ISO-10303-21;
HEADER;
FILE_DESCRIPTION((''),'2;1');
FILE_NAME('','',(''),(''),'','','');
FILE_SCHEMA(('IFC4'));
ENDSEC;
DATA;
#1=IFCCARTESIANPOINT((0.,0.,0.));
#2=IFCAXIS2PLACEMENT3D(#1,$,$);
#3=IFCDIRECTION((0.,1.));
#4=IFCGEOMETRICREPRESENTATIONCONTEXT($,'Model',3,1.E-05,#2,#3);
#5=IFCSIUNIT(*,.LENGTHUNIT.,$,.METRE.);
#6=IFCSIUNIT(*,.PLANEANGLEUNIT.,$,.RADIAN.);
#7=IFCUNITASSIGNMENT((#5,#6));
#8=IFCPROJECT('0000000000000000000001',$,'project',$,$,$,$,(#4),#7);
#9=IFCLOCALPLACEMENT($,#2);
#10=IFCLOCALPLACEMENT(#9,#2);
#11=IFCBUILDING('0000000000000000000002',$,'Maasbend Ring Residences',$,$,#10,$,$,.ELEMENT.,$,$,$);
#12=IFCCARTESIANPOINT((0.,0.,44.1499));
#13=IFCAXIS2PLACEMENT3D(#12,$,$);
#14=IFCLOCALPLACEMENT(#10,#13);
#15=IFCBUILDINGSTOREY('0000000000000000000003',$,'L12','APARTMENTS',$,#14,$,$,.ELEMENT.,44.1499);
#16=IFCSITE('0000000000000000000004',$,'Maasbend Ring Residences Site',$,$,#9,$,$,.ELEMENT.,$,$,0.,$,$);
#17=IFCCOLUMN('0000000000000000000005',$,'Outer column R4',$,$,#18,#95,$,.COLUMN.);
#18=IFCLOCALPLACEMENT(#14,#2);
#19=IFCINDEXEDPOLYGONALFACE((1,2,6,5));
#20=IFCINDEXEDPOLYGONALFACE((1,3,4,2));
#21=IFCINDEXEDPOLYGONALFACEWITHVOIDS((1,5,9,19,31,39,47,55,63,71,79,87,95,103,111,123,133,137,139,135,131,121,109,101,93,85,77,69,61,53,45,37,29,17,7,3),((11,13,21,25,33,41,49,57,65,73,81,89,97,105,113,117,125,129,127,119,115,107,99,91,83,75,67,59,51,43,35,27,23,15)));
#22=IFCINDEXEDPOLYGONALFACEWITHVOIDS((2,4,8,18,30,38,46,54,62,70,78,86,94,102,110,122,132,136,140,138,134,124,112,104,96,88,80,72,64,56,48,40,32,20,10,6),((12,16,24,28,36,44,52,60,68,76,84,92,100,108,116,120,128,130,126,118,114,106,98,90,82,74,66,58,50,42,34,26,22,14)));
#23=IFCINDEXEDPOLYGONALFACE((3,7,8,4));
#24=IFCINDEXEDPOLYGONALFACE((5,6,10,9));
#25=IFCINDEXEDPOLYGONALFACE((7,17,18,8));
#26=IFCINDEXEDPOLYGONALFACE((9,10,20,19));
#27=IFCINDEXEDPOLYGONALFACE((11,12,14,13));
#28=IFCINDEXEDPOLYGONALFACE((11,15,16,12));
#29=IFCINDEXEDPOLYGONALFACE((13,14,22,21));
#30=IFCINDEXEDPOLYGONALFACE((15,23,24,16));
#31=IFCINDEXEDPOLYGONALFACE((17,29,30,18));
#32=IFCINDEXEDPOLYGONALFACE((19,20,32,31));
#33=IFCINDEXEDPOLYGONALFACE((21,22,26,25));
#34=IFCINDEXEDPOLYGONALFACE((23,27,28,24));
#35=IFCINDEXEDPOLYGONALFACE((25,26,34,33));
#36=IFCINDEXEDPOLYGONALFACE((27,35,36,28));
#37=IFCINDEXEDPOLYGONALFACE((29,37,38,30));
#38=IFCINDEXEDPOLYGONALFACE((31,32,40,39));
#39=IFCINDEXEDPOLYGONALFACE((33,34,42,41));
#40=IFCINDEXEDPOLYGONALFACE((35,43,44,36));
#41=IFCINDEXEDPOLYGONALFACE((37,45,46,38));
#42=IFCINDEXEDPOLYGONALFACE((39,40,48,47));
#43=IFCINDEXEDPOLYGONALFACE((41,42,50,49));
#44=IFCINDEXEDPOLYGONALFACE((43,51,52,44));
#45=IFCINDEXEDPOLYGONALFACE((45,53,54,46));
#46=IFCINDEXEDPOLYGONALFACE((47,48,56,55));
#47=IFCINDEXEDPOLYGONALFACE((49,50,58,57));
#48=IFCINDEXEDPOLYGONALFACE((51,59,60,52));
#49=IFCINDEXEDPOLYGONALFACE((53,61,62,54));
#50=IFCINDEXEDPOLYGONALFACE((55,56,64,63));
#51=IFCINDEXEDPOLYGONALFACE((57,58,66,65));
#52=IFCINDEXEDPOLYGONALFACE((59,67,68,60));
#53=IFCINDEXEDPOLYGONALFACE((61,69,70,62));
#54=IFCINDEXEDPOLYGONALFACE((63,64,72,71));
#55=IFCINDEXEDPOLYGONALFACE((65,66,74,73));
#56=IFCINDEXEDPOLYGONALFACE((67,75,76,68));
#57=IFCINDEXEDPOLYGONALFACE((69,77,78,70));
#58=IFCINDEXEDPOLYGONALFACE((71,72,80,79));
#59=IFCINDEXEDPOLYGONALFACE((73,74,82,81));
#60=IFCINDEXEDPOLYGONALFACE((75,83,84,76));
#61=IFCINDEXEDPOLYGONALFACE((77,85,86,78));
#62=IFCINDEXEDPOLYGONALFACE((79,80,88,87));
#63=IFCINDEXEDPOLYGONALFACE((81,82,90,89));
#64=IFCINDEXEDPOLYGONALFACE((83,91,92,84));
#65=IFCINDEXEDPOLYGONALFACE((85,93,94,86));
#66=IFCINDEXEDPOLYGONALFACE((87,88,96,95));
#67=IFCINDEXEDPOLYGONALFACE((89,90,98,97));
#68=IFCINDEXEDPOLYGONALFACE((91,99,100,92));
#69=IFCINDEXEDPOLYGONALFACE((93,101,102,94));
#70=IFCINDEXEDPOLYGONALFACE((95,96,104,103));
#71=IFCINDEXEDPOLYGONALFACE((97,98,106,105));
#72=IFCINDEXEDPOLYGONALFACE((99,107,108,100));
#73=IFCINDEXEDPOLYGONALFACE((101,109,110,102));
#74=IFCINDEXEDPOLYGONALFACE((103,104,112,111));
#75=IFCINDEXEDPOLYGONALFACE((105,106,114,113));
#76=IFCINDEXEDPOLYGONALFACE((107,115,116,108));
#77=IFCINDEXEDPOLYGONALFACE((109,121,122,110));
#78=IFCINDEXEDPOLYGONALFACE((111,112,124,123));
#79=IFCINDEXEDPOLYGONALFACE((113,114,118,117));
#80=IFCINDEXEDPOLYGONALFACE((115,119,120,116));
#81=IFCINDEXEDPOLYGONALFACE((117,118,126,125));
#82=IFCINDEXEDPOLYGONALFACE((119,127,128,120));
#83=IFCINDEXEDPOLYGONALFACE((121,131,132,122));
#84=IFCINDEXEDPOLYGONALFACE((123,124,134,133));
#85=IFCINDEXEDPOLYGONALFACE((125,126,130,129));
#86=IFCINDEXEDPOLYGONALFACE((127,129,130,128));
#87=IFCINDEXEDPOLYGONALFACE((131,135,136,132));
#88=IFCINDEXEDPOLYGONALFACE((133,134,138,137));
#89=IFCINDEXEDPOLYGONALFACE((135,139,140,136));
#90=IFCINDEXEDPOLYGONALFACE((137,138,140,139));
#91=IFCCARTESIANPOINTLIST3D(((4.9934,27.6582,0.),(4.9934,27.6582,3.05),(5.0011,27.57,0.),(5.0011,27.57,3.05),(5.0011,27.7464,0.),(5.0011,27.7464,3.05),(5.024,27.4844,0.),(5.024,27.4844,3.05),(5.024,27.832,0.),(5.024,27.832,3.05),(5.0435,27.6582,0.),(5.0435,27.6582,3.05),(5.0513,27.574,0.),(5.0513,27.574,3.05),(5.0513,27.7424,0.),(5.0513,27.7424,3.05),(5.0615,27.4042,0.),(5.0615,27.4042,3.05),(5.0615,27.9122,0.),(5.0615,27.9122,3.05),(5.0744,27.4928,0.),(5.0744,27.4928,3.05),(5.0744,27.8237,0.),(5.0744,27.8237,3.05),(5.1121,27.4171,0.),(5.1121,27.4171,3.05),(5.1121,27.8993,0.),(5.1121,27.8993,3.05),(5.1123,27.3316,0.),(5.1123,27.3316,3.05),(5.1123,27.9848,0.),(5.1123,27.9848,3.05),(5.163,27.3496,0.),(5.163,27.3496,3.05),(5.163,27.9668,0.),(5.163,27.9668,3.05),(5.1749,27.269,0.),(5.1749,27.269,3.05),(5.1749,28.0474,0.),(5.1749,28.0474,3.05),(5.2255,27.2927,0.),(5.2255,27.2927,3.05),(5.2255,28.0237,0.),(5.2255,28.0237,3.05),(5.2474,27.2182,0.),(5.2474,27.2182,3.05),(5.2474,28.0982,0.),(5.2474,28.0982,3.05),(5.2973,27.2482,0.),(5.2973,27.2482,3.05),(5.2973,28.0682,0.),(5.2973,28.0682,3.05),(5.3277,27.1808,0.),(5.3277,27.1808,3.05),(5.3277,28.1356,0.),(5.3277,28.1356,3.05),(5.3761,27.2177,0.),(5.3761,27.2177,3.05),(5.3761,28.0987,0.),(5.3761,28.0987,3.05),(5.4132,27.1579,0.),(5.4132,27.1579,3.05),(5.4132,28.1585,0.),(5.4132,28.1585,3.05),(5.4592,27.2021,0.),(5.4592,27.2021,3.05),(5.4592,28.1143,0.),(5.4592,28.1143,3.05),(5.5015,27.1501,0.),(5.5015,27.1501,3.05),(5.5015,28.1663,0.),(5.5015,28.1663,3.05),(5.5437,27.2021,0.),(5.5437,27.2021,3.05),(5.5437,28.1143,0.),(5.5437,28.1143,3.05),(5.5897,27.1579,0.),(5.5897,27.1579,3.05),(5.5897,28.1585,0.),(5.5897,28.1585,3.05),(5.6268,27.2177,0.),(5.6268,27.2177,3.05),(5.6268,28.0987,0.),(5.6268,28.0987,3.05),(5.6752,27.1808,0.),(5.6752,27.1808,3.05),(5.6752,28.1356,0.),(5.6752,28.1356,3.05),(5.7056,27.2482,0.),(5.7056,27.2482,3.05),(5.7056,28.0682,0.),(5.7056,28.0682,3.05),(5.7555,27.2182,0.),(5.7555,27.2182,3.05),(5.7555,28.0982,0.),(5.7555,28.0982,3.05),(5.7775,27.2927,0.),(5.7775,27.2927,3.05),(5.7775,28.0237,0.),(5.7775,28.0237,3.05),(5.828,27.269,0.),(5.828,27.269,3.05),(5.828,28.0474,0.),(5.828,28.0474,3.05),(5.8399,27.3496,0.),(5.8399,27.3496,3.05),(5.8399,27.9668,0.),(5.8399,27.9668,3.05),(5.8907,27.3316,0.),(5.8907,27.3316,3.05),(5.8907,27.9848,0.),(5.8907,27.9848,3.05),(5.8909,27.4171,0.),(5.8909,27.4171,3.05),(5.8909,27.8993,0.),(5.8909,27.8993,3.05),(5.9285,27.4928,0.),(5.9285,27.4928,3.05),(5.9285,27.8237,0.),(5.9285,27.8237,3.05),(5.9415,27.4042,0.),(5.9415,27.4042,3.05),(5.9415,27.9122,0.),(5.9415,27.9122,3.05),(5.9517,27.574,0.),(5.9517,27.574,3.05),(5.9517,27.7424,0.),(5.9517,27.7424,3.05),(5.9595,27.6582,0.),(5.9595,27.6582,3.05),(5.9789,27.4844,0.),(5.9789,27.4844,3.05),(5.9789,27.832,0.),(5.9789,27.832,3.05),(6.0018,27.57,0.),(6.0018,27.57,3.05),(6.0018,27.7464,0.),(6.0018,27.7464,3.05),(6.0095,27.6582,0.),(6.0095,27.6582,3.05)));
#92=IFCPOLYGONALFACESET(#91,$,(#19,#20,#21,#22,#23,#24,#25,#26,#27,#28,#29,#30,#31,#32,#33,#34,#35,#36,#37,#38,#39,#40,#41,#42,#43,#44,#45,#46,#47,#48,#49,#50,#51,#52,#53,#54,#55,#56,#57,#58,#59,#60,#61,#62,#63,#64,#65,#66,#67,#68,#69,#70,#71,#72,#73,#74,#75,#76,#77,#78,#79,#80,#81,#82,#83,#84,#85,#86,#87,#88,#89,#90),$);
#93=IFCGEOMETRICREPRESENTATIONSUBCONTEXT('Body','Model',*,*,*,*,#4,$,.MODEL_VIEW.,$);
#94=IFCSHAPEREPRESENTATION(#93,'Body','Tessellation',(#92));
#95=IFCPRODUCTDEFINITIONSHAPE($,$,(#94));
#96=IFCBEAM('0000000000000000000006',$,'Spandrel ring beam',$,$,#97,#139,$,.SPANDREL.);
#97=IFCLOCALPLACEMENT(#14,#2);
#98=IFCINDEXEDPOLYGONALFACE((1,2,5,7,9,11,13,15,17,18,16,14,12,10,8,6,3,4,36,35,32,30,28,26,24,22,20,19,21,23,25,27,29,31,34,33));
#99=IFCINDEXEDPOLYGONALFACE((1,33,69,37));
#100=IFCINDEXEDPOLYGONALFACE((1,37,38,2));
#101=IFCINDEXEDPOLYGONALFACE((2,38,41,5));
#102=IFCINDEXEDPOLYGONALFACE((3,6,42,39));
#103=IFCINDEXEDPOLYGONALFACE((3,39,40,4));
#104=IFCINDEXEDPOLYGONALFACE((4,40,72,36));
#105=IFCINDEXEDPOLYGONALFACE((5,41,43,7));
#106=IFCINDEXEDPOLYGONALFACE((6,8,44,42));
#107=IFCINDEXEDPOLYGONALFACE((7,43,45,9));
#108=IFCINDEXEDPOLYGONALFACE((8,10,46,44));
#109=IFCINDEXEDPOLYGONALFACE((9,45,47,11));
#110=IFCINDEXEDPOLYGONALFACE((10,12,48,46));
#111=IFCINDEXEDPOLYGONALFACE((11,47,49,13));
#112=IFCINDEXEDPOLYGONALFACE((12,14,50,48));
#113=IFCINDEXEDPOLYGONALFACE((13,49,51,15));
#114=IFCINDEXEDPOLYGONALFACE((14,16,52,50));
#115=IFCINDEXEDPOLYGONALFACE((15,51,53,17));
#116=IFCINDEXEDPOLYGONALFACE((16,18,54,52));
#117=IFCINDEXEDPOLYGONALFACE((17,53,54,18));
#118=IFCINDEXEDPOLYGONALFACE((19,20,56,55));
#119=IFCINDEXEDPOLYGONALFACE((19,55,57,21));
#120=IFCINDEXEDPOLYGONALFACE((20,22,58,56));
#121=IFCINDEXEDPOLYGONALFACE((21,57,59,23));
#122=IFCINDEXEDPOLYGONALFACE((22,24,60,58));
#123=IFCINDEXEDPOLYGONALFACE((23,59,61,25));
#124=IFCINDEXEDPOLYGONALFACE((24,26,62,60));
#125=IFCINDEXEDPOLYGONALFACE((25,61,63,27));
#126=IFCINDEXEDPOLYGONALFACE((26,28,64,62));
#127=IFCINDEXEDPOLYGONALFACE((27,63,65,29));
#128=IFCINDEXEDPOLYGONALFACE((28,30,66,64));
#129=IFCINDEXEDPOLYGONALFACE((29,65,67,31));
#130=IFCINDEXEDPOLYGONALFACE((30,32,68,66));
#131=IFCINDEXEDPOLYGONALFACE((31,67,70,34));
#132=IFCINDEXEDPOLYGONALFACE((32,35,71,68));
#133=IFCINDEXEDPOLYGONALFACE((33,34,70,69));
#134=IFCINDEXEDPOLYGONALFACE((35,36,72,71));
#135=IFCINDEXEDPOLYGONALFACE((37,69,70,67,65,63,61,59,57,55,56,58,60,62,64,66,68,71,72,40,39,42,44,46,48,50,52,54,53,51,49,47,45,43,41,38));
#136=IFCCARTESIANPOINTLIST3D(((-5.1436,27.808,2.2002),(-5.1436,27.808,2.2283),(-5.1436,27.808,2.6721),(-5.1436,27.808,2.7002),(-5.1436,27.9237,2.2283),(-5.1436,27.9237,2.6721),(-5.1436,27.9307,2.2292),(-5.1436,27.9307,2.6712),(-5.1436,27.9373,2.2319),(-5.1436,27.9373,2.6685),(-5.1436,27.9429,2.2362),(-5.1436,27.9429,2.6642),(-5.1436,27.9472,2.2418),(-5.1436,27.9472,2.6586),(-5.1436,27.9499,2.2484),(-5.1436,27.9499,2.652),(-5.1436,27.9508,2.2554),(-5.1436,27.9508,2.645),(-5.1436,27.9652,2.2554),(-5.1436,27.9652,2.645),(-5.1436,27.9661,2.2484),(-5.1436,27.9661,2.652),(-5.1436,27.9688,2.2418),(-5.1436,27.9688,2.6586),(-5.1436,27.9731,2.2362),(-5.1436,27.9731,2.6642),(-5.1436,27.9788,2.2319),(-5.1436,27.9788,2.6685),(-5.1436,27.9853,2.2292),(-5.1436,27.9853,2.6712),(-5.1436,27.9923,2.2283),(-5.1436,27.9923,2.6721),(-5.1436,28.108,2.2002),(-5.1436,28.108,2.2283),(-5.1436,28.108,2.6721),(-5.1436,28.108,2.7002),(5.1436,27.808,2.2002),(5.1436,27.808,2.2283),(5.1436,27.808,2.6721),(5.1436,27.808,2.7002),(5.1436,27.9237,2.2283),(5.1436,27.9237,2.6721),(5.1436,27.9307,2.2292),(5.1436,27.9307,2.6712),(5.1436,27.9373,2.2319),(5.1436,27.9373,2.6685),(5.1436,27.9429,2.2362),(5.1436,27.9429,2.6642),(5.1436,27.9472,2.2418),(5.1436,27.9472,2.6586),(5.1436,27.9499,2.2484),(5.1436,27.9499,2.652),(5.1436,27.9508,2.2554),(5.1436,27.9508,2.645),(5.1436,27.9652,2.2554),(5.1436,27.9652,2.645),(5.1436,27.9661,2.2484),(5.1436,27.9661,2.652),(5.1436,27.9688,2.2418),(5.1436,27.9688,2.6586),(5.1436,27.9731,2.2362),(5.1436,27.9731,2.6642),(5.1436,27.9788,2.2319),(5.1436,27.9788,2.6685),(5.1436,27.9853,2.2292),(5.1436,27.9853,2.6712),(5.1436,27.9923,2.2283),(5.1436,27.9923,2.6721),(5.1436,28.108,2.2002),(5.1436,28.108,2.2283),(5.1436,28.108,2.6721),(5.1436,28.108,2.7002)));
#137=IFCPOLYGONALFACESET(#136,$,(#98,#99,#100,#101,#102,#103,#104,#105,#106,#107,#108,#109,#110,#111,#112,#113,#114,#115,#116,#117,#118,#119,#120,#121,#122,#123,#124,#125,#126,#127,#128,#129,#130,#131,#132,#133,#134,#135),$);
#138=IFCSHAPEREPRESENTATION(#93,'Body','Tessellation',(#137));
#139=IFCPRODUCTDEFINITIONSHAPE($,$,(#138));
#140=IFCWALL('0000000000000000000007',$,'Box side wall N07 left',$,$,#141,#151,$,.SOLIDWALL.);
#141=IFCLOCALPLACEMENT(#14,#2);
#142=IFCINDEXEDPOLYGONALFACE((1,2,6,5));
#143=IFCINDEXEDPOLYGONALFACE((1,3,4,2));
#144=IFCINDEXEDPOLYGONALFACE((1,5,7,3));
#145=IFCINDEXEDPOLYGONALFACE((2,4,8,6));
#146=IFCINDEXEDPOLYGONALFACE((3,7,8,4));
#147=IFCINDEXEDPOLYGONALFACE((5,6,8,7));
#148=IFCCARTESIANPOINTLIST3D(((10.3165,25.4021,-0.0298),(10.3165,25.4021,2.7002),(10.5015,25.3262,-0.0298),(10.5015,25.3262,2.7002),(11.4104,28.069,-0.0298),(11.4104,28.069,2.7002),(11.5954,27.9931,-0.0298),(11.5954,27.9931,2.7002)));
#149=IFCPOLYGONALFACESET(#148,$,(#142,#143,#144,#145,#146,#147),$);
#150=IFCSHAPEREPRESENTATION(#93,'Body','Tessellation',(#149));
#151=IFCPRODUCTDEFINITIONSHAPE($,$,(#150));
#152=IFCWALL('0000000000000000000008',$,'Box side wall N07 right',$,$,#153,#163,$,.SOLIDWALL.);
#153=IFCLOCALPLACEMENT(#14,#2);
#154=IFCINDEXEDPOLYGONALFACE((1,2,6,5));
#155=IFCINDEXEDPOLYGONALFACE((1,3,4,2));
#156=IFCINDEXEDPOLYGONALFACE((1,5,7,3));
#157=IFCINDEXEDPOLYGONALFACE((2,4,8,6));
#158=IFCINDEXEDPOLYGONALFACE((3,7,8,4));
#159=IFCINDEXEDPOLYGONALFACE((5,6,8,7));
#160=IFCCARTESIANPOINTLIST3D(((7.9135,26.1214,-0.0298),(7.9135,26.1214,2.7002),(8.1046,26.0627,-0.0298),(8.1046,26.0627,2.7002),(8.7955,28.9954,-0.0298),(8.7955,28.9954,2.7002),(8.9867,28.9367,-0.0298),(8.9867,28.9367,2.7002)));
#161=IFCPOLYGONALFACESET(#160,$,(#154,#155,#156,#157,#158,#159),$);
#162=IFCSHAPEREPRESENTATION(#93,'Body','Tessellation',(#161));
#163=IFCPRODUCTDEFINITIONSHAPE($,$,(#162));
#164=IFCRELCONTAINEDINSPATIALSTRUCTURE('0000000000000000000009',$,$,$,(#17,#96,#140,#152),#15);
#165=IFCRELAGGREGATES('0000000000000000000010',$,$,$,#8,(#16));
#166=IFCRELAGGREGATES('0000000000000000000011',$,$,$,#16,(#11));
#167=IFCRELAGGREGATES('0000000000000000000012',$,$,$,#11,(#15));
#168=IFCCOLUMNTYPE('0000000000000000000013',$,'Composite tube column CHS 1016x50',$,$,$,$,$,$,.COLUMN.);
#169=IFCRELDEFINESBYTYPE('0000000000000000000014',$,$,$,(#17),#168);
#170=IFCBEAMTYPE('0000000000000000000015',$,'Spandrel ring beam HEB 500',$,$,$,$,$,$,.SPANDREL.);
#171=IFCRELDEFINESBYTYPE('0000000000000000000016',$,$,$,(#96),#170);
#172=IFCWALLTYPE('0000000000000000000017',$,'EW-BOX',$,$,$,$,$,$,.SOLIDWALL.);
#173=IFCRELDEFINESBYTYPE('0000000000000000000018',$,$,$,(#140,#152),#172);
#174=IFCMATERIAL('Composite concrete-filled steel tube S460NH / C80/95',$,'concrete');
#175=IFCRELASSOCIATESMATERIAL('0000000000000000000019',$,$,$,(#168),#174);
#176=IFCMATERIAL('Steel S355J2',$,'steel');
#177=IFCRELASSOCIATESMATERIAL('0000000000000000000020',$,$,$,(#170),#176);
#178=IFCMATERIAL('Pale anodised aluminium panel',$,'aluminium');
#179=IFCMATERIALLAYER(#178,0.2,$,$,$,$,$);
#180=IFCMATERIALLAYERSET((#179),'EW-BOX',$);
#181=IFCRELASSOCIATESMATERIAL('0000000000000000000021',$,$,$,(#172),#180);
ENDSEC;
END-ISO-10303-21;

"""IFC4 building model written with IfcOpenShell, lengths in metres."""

from ifc_helpers import new_model, si_unit, direction, frame, frame_2d, origin, origin_2d, place, context, subcontext, project, spatial, rectangle, hollow_circle, i_section, extrude, material, layer, layer_set, material_profile, profile_set, type_object, element, save


model = new_model("IFC4")

# Units and contexts
model_context = context("Model", 3, precision=1e-05, world=origin(), true_north=direction((0.0, 1.0)))
body_context = subcontext(model_context, "Body", "Model", "MODEL_VIEW")
ifc_project = project(units=[si_unit("LENGTHUNIT", "METRE"), si_unit("PLANEANGLEUNIT", "RADIAN")], contexts=[model_context])

# Site, building, storey
site_placement = place(None, origin())
site = spatial("IfcSite", under=ifc_project, at=site_placement, Name="Maasbend Ring Residences Site", CompositionType="ELEMENT", RefElevation=0.0)
building_placement = place(site_placement, origin())
building = spatial("IfcBuilding", under=site, at=building_placement, Name="Maasbend Ring Residences", CompositionType="ELEMENT")
storey_placement = place(building_placement, frame((0.0, 0.0, 44.1499)))
storey = spatial("IfcBuildingStorey", under=building, at=storey_placement, Name="L12", Description="APARTMENTS", CompositionType="ELEMENT", Elevation=44.1499)

# Column
ifc_material_1 = material(Name="Composite concrete-filled steel tube S460NH / C80/95", Category="concrete")
ifc_material_profile_1 = material_profile(ifc_material_1, hollow_circle(Radius=0.5081, WallThickness=0.05, at=origin_2d()), Name="Composite tube column CHS 1016x50")
ifc_profile_set_1 = profile_set([ifc_material_profile_1], Name="Composite concrete-filled steel tube S460NH / C80/95")
column_type = type_object("IfcColumnType", Name="Composite tube column CHS 1016x50", PredefinedType="COLUMN", material=ifc_profile_set_1)
column_placement = place(storey_placement, frame((5.5015, 27.6582, 0.0), z_axis=(0.0, 0.0, 1.0), x_axis=(1.0, 0.0, 0.0)))
element("IfcColumn", 1, at=column_placement, inside=storey, type_object=column_type, Name="Outer column R4", PredefinedType="COLUMN", context=body_context, shape_type="SweptSolid", body=[
    extrude(hollow_circle(Radius=0.5081, WallThickness=0.05, at=origin_2d()), origin(), (0.0, 0.0, 1.0), 3.05),
])

# Beam
ifc_material_2 = material(Name="Steel S355J2", Category="steel")
ifc_material_profile_2 = material_profile(ifc_material_2, i_section(OverallWidth=0.3, OverallDepth=0.5, WebThickness=0.0144, FlangeThickness=0.0281, FilletRadius=0.0271, at=origin_2d()), Name="HEB 500")
ifc_profile_set_2 = profile_set([ifc_material_profile_2], Name="Steel S355J2")
beam_type = type_object("IfcBeamType", Name="Spandrel ring beam HEB 500", PredefinedType="SPANDREL", material=ifc_profile_set_2)
beam_placement = place(storey_placement, frame((5.1436, 27.958, 2.4502), z_axis=(-1.0, 0.0, 0.0), x_axis=(0.0, -1.0, 0.0)))
element("IfcBeam", 2, at=beam_placement, inside=storey, type_object=beam_type, Name="Spandrel ring beam", PredefinedType="SPANDREL", context=body_context, shape_type="SweptSolid", body=[
    extrude(i_section(OverallWidth=0.3, OverallDepth=0.5, WebThickness=0.0144, FlangeThickness=0.0281, FilletRadius=0.0271, at=origin_2d()), origin(), (0.0, 0.0, 1.0), 10.2871),
])

# Walls
ifc_material_3 = material(Name="Pale anodised aluminium panel", Category="aluminium")
ifc_layer_1 = layer(ifc_material_3, 0.2)
ifc_layer_set_1 = layer_set([ifc_layer_1], Name="EW-BOX")
wall_type_1 = type_object("IfcWallType", Name="EW-BOX", PredefinedType="SOLIDWALL", material=ifc_layer_set_1)
wall_1_placement = place(storey_placement, frame((10.4089, 25.364, -0.0298), z_axis=(0.0, 0.0, 1.0), x_axis=(0.37951, 0.925188, 0.0)))
element("IfcWall", 3, at=wall_1_placement, inside=storey, type_object=wall_type_1, Name="Box side wall N07 left", PredefinedType="SOLIDWALL", context=body_context, shape_type="SweptSolid", body=[
    extrude(rectangle(XDim=2.8826, YDim=0.2, at=frame_2d((1.4414, 0.0))), origin(), (0.0, 0.0, 1.0), 2.73),
])
wall_2_placement = place(storey_placement, frame((8.009, 26.092, -0.0298), z_axis=(0.0, 0.0, 1.0), x_axis=(0.293407, 0.955988, 0.0)))
element("IfcWall", 4, at=wall_2_placement, inside=storey, type_object=wall_type_1, Name="Box side wall N07 right", PredefinedType="SOLIDWALL", context=body_context, shape_type="SweptSolid", body=[
    extrude(rectangle(XDim=3.0063, YDim=0.2, at=frame_2d((1.5032, 0.0))), origin(), (0.0, 0.0, 1.0), 2.73),
])

save(model, "model.ifc")
